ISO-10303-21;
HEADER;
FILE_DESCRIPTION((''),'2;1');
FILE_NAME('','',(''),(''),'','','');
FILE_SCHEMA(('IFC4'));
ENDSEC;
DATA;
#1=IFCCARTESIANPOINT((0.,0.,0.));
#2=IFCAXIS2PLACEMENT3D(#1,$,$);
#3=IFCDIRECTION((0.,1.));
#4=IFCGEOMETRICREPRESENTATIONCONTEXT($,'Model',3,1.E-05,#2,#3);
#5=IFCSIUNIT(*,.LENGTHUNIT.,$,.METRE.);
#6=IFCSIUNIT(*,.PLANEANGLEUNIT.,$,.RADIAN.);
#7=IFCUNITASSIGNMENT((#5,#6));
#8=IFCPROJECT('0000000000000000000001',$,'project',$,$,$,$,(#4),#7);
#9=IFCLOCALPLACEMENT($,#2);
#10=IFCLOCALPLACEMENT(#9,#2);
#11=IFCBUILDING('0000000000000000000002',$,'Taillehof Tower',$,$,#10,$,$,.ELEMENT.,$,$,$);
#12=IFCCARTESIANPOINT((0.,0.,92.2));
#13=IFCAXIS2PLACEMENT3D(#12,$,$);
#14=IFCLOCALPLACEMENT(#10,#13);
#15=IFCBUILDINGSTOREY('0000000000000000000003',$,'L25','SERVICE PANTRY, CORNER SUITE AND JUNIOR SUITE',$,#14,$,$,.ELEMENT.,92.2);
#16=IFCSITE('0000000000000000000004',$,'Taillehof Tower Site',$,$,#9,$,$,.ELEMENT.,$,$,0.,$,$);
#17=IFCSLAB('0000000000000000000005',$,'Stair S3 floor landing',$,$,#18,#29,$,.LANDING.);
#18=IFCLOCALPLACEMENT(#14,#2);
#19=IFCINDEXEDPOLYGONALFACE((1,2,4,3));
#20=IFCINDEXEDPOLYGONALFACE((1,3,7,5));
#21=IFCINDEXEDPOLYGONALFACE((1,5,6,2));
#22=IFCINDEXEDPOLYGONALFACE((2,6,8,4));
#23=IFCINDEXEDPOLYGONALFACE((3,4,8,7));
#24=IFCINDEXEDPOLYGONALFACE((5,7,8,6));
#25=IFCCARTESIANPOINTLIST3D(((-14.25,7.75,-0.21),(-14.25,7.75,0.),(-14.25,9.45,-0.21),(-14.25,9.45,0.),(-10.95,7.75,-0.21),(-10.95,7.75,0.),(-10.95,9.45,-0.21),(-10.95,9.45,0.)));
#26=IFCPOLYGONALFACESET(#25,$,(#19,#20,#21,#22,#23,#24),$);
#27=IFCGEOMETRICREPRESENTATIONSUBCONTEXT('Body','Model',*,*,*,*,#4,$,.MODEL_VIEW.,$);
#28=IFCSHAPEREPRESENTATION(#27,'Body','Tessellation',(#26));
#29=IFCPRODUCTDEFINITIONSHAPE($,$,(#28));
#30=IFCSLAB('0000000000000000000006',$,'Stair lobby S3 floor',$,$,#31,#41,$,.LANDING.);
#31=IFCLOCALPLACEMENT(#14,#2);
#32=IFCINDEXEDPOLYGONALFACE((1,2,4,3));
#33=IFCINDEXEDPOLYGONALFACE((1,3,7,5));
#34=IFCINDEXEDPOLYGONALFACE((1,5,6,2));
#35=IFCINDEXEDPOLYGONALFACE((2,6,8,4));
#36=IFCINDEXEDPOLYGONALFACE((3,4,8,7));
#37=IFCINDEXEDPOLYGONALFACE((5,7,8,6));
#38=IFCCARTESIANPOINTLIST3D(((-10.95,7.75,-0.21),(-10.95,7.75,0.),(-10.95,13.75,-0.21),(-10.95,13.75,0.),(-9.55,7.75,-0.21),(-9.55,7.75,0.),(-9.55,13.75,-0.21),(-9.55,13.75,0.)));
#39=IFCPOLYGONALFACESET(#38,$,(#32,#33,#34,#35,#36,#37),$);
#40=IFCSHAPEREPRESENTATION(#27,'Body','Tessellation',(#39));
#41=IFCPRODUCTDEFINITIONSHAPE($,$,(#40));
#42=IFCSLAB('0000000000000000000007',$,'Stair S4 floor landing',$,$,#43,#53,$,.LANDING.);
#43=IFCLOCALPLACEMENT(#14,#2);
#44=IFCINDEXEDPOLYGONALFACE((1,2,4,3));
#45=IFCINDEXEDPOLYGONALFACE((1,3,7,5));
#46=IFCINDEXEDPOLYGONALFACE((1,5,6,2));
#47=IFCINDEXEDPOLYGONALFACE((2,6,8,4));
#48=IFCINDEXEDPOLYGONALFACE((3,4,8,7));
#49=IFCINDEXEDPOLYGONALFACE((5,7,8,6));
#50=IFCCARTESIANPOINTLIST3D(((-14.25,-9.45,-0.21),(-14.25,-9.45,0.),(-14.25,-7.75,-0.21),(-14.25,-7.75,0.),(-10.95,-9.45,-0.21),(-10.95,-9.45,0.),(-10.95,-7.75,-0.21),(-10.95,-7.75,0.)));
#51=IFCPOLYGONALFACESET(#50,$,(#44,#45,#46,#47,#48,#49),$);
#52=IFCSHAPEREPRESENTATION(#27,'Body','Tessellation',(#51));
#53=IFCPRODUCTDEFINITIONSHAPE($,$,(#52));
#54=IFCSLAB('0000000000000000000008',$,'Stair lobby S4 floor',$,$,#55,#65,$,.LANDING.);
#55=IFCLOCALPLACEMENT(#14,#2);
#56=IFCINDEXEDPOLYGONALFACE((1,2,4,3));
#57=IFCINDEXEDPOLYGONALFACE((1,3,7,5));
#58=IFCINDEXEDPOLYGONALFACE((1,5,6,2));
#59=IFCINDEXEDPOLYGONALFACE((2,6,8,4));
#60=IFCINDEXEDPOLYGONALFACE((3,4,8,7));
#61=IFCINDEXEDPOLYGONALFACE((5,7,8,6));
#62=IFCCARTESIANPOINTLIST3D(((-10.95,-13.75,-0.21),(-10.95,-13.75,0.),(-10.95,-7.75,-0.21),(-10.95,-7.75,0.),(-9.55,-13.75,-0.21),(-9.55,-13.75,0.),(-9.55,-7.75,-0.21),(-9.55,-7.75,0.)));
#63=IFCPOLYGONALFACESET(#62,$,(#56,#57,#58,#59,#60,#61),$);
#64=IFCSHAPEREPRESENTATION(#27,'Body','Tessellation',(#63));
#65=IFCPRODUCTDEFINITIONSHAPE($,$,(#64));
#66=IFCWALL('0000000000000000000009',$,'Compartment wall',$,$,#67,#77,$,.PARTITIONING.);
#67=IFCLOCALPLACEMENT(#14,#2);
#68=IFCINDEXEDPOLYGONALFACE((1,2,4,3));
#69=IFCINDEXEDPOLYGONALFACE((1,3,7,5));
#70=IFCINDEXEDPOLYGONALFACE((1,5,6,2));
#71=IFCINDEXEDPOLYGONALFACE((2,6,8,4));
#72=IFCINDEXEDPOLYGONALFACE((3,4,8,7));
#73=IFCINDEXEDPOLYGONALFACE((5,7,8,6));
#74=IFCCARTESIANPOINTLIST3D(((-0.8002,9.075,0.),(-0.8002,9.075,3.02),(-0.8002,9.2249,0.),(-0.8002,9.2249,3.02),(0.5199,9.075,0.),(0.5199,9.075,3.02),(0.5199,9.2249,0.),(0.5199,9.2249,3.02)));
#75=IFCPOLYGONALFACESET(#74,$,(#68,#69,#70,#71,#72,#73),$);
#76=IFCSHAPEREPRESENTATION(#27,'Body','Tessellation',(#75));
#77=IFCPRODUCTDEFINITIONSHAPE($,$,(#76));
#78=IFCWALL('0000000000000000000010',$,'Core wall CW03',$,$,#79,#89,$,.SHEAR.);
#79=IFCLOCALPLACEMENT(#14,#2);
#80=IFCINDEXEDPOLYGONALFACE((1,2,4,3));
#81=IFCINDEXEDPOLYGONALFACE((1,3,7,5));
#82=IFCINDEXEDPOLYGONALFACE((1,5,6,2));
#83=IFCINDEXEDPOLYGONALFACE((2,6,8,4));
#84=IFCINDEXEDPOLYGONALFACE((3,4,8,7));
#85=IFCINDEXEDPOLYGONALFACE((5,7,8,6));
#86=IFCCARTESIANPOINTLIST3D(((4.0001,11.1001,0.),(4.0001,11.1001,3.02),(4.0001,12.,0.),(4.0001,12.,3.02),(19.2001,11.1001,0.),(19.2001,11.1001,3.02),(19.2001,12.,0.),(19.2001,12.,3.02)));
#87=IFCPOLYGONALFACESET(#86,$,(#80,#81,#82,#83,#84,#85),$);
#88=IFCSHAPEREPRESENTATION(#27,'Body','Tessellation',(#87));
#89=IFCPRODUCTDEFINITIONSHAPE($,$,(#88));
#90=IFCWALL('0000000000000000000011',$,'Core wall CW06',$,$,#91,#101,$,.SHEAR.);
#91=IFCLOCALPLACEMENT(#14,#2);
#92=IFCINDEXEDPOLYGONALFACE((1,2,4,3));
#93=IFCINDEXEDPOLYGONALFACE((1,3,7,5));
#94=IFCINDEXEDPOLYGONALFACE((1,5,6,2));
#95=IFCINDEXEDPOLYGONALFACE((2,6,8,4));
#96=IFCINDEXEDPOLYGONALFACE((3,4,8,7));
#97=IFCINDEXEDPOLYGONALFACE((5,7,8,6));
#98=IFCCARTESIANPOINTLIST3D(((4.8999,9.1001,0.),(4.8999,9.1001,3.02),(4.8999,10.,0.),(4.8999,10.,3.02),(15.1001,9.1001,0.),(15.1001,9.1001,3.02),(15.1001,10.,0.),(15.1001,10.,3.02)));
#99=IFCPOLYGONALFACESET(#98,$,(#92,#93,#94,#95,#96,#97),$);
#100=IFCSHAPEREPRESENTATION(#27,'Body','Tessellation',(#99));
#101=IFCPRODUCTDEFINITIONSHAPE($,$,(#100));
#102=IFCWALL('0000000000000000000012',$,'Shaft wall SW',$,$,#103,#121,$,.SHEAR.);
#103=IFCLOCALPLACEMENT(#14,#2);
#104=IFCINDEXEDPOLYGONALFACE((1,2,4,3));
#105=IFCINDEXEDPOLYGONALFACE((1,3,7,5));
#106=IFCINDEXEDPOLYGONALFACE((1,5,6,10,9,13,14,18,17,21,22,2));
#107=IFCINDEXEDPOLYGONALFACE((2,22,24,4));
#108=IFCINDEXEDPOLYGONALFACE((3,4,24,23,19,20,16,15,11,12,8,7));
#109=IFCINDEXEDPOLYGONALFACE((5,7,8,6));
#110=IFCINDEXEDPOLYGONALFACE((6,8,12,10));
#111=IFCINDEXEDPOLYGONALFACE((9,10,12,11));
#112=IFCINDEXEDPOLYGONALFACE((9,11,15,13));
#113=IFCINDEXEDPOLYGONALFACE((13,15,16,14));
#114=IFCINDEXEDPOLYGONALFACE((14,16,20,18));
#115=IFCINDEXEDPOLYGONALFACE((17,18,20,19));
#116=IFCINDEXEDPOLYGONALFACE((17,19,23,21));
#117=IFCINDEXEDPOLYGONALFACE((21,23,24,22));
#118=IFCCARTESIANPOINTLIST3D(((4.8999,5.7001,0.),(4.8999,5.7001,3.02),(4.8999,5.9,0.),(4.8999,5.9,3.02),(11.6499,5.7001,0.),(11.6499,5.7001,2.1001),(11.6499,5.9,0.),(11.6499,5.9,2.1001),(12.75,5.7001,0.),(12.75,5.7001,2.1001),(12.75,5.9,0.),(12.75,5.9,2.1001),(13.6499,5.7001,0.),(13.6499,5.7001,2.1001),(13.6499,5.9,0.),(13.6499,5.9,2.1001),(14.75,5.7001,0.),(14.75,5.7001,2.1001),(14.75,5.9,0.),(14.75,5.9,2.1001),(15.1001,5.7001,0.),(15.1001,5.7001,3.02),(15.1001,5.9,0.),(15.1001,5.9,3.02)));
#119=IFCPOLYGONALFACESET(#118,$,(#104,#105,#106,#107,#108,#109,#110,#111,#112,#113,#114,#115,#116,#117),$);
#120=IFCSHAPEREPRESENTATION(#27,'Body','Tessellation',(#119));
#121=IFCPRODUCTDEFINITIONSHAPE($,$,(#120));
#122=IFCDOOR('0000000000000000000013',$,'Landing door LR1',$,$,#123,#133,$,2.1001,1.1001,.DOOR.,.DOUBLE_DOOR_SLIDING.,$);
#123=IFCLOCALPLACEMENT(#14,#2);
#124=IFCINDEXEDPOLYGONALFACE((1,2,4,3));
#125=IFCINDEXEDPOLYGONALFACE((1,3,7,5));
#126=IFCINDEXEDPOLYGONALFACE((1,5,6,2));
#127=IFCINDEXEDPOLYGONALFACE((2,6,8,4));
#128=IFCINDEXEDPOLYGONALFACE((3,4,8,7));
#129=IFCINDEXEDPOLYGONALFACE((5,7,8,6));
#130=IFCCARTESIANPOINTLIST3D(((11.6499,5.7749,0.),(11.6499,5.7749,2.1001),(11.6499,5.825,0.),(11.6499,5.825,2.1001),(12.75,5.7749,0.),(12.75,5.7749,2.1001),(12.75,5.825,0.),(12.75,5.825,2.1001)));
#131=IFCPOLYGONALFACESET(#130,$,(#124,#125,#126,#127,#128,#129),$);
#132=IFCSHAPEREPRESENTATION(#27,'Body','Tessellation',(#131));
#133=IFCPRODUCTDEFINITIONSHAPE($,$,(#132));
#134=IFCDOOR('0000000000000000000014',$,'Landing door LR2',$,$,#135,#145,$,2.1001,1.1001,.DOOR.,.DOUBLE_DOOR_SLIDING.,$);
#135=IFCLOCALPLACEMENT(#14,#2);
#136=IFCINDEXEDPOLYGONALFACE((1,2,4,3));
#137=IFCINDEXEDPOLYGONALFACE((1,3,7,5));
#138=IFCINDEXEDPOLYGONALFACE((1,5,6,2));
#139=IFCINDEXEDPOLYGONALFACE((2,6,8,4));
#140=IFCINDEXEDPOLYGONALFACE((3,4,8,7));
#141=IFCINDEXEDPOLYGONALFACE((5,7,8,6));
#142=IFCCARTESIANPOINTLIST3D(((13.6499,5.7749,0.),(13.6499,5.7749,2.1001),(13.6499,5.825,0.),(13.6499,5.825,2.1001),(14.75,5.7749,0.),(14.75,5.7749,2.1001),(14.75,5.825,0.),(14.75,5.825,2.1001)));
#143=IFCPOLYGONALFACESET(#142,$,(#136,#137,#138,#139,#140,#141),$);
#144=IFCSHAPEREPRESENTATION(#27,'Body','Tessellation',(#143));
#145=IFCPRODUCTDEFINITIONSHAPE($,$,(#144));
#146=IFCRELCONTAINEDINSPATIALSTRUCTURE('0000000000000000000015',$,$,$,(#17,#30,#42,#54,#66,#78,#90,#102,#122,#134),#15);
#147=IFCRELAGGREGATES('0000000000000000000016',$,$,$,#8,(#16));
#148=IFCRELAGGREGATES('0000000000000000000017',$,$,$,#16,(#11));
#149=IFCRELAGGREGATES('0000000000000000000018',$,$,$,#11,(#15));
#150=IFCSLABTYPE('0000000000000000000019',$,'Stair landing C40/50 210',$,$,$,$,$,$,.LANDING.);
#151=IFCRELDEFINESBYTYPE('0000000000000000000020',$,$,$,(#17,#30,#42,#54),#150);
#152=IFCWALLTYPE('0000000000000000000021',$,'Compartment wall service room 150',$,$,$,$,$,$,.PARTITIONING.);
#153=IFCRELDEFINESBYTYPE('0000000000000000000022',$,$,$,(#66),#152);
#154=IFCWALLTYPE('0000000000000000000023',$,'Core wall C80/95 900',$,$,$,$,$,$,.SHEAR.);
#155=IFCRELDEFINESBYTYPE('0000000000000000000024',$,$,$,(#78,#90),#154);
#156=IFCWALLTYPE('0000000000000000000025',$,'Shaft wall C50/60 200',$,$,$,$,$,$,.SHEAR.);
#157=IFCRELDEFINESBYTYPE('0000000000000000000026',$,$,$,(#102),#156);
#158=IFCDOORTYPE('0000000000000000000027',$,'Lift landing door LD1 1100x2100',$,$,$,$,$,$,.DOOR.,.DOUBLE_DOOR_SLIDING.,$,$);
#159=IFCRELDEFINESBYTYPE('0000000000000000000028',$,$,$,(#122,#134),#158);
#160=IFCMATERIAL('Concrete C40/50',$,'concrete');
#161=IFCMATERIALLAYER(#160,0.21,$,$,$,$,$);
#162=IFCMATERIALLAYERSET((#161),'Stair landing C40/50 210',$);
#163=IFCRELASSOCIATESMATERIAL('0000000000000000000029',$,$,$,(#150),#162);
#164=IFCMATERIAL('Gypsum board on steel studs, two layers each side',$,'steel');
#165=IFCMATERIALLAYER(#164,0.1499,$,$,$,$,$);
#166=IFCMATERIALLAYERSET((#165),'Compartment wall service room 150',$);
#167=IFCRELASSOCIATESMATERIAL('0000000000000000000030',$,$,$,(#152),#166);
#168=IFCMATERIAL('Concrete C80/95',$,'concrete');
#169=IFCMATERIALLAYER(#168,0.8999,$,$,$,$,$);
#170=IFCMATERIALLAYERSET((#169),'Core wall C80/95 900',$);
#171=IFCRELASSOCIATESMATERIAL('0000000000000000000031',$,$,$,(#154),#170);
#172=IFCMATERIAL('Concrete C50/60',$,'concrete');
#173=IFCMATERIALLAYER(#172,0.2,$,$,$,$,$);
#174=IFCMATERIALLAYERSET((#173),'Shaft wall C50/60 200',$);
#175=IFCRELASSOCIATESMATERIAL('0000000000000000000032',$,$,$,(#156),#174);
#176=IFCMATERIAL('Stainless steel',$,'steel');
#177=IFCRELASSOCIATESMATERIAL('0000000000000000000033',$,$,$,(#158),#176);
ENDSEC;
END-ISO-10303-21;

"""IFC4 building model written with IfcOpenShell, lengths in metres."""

from ifc_helpers import new_model, si_unit, direction, frame, frame_2d, origin, place, context, subcontext, project, spatial, polyline, rectangle, outline, extrude, material, layer, layer_set, type_object, element, fill, save


model = new_model("IFC4")

# Units and contexts
model_context = context("Model", 3, precision=1e-05, world=origin(), true_north=direction((0.0, 1.0)))
body_context = subcontext(model_context, "Body", "Model", "MODEL_VIEW")
ifc_project = project(units=[si_unit("LENGTHUNIT", "METRE"), si_unit("PLANEANGLEUNIT", "RADIAN")], contexts=[model_context])

# Site, building, storey
site_placement = place(None, origin())
site = spatial("IfcSite", under=ifc_project, at=site_placement, Name="Taillehof Tower Site", CompositionType="ELEMENT", RefElevation=0.0)
building_placement = place(site_placement, origin())
building = spatial("IfcBuilding", under=site, at=building_placement, Name="Taillehof Tower", CompositionType="ELEMENT")
storey_placement = place(building_placement, frame((0.0, 0.0, 92.2)))
storey = spatial("IfcBuildingStorey", under=building, at=storey_placement, Name="L25", Description="SERVICE PANTRY, CORNER SUITE AND JUNIOR SUITE", CompositionType="ELEMENT", Elevation=92.2)

# Shared definitions
ifc_material_1 = material(Name="Concrete C40/50", Category="concrete")
ifc_layer_1 = layer(ifc_material_1, 0.21)
ifc_layer_set_1 = layer_set([ifc_layer_1], Name="Stair landing C40/50 210")
slab_type_1 = type_object("IfcSlabType", Name="Stair landing C40/50 210", PredefinedType="LANDING", material=ifc_layer_set_1)

# Slabs
slab_1_placement = place(storey_placement, frame((0.0, 0.0, -0.21)))
element("IfcSlab", 1, at=slab_1_placement, inside=storey, type_object=slab_type_1, Name="Stair S3 floor landing", PredefinedType="LANDING", context=body_context, shape_type="SweptSolid", body=[
    extrude(outline(polyline([(-14.25, 7.75), (-14.25, 9.45), (-10.95, 9.45), (-10.95, 7.75), (-14.25, 7.75)])), origin(), (0.0, 0.0, 1.0), 0.21),
])
slab_2_placement = place(storey_placement, frame((0.0, 0.0, -0.21)))
element("IfcSlab", 2, at=slab_2_placement, inside=storey, type_object=slab_type_1, Name="Stair lobby S3 floor", PredefinedType="LANDING", context=body_context, shape_type="SweptSolid", body=[
    extrude(outline(polyline([(-10.95, 7.75), (-9.55, 7.75), (-9.55, 13.75), (-10.95, 13.75), (-10.95, 7.75)])), origin(), (0.0, 0.0, 1.0), 0.21),
])
slab_3_placement = place(storey_placement, frame((0.0, 0.0, -0.21)))
element("IfcSlab", 3, at=slab_3_placement, inside=storey, type_object=slab_type_1, Name="Stair S4 floor landing", PredefinedType="LANDING", context=body_context, shape_type="SweptSolid", body=[
    extrude(outline(polyline([(-14.25, -7.75), (-14.25, -9.45), (-10.95, -9.45), (-10.95, -7.75), (-14.25, -7.75)])), origin(), (0.0, 0.0, 1.0), 0.21),
])
slab_4_placement = place(storey_placement, frame((0.0, 0.0, -0.21)))
element("IfcSlab", 4, at=slab_4_placement, inside=storey, type_object=slab_type_1, Name="Stair lobby S4 floor", PredefinedType="LANDING", context=body_context, shape_type="SweptSolid", body=[
    extrude(outline(polyline([(-10.95, -13.75), (-9.55, -13.75), (-9.55, -7.75), (-10.95, -7.75), (-10.95, -13.75)])), origin(), (0.0, 0.0, 1.0), 0.21),
])

# Walls
ifc_material_2 = material(Name="Gypsum board on steel studs, two layers each side", Category="steel")
ifc_layer_2 = layer(ifc_material_2, 0.1499)
ifc_layer_set_2 = layer_set([ifc_layer_2], Name="Compartment wall service room 150")
wall_type_1 = type_object("IfcWallType", Name="Compartment wall service room 150", PredefinedType="PARTITIONING", material=ifc_layer_set_2)
wall_1_placement = place(storey_placement, frame((0.52, 9.1499, 0.0), z_axis=(0.0, 0.0, 1.0), x_axis=(-1.0, 0.0, 0.0)))
element("IfcWall", 5, at=wall_1_placement, inside=storey, type_object=wall_type_1, Name="Compartment wall", PredefinedType="PARTITIONING", context=body_context, shape_type="SweptSolid", body=[
    extrude(rectangle(XDim=1.3201, YDim=0.1499, at=frame_2d((0.6602, 0.0))), origin(), (0.0, 0.0, 1.0), 3.02),
])
ifc_material_3 = material(Name="Concrete C80/95", Category="concrete")
ifc_layer_3 = layer(ifc_material_3, 0.8999)
ifc_layer_set_3 = layer_set([ifc_layer_3], Name="Core wall C80/95 900")
wall_type_2 = type_object("IfcWallType", Name="Core wall C80/95 900", PredefinedType="SHEAR", material=ifc_layer_set_3)
wall_2_placement = place(storey_placement, frame((4.0, 11.55, 0.0), z_axis=(0.0, 0.0, 1.0), x_axis=(1.0, 0.0, 0.0)))
element("IfcWall", 6, at=wall_2_placement, inside=storey, type_object=wall_type_2, Name="Core wall CW03", PredefinedType="SHEAR", context=body_context, shape_type="SweptSolid", body=[
    extrude(rectangle(XDim=15.2, YDim=0.8999, at=frame_2d((7.6001, 0.0))), origin(), (0.0, 0.0, 1.0), 3.02),
])
wall_3_placement = place(storey_placement, frame((4.8999, 9.55, 0.0), z_axis=(0.0, 0.0, 1.0), x_axis=(1.0, 0.0, 0.0)))
element("IfcWall", 7, at=wall_3_placement, inside=storey, type_object=wall_type_2, Name="Core wall CW06", PredefinedType="SHEAR", context=body_context, shape_type="SweptSolid", body=[
    extrude(rectangle(XDim=10.2002, YDim=0.8999, at=frame_2d((5.1001, 0.0))), origin(), (0.0, 0.0, 1.0), 3.02),
])

# Wall, openings, doors
ifc_material_4 = material(Name="Concrete C50/60", Category="concrete")
ifc_layer_4 = layer(ifc_material_4, 0.2)
ifc_layer_set_4 = layer_set([ifc_layer_4], Name="Shaft wall C50/60 200")
wall_type_3 = type_object("IfcWallType", Name="Shaft wall C50/60 200", PredefinedType="SHEAR", material=ifc_layer_set_4)
wall_4_placement = place(storey_placement, frame((4.8999, 5.8, 0.0), z_axis=(0.0, 0.0, 1.0), x_axis=(1.0, 0.0, 0.0)))
wall_4 = element("IfcWall", 8, at=wall_4_placement, inside=storey, type_object=wall_type_3, Name="Shaft wall SW", PredefinedType="SHEAR", context=body_context, shape_type="SweptSolid", body=[
    extrude(rectangle(XDim=10.2002, YDim=0.2, at=frame_2d((5.1001, 0.0))), origin(), (0.0, 0.0, 1.0), 3.02),
])
opening_1_placement = place(wall_4_placement, frame((6.75, 0.0, 0.0)))
opening_1 = element("IfcOpeningElement", 9, at=opening_1_placement, cuts=wall_4, PredefinedType="OPENING", context=body_context, shape_type="SweptSolid", body=[
    extrude(rectangle(XDim=1.1001, YDim=2.1001, at=frame_2d((0.55, 1.05))), frame((0.0, 0.1099, 0.0), z_axis=(0.0, -1.0, 0.0), x_axis=(1.0, 0.0, 0.0)), (0.0, 0.0, 1.0), 0.22),
])
opening_2_placement = place(wall_4_placement, frame((8.75, 0.0, 0.0)))
opening_2 = element("IfcOpeningElement", 10, at=opening_2_placement, cuts=wall_4, PredefinedType="OPENING", context=body_context, shape_type="SweptSolid", body=[
    extrude(rectangle(XDim=1.1001, YDim=2.1001, at=frame_2d((0.55, 1.05))), frame((0.0, 0.1099, 0.0), z_axis=(0.0, -1.0, 0.0), x_axis=(1.0, 0.0, 0.0)), (0.0, 0.0, 1.0), 0.22),
])
ifc_material_5 = material(Name="Stainless steel", Category="steel")
door_type_1 = type_object("IfcDoorType", Name="Lift landing door LD1 1100x2100", OperationType="DOUBLE_DOOR_SLIDING", PredefinedType="DOOR", material=ifc_material_5)
door_1_placement = place(opening_1_placement, origin())
door_1 = element("IfcDoor", 11, at=door_1_placement, inside=storey, type_object=door_type_1, Name="Landing door LR1", OperationType="DOUBLE_DOOR_SLIDING", OverallHeight=2.1001, OverallWidth=1.1001, PredefinedType="DOOR", context=body_context, shape_type="SweptSolid", body=[
    extrude(rectangle(XDim=1.1001, YDim=2.1001, at=frame_2d((0.55, 1.05))), frame((0.0, 0.0249, 0.0), z_axis=(0.0, -1.0, 0.0), x_axis=(1.0, 0.0, 0.0)), (0.0, 0.0, 1.0), 0.05),
])
fill(opening_1, door_1)
door_2_placement = place(opening_2_placement, origin())
door_2 = element("IfcDoor", 12, at=door_2_placement, inside=storey, type_object=door_type_1, Name="Landing door LR2", OperationType="DOUBLE_DOOR_SLIDING", OverallHeight=2.1001, OverallWidth=1.1001, PredefinedType="DOOR", context=body_context, shape_type="SweptSolid", body=[
    extrude(rectangle(XDim=1.1001, YDim=2.1001, at=frame_2d((0.55, 1.05))), frame((0.0, 0.0249, 0.0), z_axis=(0.0, -1.0, 0.0), x_axis=(1.0, 0.0, 0.0)), (0.0, 0.0, 1.0), 0.05),
])
fill(opening_2, door_2)

save(model, "model.ifc")
